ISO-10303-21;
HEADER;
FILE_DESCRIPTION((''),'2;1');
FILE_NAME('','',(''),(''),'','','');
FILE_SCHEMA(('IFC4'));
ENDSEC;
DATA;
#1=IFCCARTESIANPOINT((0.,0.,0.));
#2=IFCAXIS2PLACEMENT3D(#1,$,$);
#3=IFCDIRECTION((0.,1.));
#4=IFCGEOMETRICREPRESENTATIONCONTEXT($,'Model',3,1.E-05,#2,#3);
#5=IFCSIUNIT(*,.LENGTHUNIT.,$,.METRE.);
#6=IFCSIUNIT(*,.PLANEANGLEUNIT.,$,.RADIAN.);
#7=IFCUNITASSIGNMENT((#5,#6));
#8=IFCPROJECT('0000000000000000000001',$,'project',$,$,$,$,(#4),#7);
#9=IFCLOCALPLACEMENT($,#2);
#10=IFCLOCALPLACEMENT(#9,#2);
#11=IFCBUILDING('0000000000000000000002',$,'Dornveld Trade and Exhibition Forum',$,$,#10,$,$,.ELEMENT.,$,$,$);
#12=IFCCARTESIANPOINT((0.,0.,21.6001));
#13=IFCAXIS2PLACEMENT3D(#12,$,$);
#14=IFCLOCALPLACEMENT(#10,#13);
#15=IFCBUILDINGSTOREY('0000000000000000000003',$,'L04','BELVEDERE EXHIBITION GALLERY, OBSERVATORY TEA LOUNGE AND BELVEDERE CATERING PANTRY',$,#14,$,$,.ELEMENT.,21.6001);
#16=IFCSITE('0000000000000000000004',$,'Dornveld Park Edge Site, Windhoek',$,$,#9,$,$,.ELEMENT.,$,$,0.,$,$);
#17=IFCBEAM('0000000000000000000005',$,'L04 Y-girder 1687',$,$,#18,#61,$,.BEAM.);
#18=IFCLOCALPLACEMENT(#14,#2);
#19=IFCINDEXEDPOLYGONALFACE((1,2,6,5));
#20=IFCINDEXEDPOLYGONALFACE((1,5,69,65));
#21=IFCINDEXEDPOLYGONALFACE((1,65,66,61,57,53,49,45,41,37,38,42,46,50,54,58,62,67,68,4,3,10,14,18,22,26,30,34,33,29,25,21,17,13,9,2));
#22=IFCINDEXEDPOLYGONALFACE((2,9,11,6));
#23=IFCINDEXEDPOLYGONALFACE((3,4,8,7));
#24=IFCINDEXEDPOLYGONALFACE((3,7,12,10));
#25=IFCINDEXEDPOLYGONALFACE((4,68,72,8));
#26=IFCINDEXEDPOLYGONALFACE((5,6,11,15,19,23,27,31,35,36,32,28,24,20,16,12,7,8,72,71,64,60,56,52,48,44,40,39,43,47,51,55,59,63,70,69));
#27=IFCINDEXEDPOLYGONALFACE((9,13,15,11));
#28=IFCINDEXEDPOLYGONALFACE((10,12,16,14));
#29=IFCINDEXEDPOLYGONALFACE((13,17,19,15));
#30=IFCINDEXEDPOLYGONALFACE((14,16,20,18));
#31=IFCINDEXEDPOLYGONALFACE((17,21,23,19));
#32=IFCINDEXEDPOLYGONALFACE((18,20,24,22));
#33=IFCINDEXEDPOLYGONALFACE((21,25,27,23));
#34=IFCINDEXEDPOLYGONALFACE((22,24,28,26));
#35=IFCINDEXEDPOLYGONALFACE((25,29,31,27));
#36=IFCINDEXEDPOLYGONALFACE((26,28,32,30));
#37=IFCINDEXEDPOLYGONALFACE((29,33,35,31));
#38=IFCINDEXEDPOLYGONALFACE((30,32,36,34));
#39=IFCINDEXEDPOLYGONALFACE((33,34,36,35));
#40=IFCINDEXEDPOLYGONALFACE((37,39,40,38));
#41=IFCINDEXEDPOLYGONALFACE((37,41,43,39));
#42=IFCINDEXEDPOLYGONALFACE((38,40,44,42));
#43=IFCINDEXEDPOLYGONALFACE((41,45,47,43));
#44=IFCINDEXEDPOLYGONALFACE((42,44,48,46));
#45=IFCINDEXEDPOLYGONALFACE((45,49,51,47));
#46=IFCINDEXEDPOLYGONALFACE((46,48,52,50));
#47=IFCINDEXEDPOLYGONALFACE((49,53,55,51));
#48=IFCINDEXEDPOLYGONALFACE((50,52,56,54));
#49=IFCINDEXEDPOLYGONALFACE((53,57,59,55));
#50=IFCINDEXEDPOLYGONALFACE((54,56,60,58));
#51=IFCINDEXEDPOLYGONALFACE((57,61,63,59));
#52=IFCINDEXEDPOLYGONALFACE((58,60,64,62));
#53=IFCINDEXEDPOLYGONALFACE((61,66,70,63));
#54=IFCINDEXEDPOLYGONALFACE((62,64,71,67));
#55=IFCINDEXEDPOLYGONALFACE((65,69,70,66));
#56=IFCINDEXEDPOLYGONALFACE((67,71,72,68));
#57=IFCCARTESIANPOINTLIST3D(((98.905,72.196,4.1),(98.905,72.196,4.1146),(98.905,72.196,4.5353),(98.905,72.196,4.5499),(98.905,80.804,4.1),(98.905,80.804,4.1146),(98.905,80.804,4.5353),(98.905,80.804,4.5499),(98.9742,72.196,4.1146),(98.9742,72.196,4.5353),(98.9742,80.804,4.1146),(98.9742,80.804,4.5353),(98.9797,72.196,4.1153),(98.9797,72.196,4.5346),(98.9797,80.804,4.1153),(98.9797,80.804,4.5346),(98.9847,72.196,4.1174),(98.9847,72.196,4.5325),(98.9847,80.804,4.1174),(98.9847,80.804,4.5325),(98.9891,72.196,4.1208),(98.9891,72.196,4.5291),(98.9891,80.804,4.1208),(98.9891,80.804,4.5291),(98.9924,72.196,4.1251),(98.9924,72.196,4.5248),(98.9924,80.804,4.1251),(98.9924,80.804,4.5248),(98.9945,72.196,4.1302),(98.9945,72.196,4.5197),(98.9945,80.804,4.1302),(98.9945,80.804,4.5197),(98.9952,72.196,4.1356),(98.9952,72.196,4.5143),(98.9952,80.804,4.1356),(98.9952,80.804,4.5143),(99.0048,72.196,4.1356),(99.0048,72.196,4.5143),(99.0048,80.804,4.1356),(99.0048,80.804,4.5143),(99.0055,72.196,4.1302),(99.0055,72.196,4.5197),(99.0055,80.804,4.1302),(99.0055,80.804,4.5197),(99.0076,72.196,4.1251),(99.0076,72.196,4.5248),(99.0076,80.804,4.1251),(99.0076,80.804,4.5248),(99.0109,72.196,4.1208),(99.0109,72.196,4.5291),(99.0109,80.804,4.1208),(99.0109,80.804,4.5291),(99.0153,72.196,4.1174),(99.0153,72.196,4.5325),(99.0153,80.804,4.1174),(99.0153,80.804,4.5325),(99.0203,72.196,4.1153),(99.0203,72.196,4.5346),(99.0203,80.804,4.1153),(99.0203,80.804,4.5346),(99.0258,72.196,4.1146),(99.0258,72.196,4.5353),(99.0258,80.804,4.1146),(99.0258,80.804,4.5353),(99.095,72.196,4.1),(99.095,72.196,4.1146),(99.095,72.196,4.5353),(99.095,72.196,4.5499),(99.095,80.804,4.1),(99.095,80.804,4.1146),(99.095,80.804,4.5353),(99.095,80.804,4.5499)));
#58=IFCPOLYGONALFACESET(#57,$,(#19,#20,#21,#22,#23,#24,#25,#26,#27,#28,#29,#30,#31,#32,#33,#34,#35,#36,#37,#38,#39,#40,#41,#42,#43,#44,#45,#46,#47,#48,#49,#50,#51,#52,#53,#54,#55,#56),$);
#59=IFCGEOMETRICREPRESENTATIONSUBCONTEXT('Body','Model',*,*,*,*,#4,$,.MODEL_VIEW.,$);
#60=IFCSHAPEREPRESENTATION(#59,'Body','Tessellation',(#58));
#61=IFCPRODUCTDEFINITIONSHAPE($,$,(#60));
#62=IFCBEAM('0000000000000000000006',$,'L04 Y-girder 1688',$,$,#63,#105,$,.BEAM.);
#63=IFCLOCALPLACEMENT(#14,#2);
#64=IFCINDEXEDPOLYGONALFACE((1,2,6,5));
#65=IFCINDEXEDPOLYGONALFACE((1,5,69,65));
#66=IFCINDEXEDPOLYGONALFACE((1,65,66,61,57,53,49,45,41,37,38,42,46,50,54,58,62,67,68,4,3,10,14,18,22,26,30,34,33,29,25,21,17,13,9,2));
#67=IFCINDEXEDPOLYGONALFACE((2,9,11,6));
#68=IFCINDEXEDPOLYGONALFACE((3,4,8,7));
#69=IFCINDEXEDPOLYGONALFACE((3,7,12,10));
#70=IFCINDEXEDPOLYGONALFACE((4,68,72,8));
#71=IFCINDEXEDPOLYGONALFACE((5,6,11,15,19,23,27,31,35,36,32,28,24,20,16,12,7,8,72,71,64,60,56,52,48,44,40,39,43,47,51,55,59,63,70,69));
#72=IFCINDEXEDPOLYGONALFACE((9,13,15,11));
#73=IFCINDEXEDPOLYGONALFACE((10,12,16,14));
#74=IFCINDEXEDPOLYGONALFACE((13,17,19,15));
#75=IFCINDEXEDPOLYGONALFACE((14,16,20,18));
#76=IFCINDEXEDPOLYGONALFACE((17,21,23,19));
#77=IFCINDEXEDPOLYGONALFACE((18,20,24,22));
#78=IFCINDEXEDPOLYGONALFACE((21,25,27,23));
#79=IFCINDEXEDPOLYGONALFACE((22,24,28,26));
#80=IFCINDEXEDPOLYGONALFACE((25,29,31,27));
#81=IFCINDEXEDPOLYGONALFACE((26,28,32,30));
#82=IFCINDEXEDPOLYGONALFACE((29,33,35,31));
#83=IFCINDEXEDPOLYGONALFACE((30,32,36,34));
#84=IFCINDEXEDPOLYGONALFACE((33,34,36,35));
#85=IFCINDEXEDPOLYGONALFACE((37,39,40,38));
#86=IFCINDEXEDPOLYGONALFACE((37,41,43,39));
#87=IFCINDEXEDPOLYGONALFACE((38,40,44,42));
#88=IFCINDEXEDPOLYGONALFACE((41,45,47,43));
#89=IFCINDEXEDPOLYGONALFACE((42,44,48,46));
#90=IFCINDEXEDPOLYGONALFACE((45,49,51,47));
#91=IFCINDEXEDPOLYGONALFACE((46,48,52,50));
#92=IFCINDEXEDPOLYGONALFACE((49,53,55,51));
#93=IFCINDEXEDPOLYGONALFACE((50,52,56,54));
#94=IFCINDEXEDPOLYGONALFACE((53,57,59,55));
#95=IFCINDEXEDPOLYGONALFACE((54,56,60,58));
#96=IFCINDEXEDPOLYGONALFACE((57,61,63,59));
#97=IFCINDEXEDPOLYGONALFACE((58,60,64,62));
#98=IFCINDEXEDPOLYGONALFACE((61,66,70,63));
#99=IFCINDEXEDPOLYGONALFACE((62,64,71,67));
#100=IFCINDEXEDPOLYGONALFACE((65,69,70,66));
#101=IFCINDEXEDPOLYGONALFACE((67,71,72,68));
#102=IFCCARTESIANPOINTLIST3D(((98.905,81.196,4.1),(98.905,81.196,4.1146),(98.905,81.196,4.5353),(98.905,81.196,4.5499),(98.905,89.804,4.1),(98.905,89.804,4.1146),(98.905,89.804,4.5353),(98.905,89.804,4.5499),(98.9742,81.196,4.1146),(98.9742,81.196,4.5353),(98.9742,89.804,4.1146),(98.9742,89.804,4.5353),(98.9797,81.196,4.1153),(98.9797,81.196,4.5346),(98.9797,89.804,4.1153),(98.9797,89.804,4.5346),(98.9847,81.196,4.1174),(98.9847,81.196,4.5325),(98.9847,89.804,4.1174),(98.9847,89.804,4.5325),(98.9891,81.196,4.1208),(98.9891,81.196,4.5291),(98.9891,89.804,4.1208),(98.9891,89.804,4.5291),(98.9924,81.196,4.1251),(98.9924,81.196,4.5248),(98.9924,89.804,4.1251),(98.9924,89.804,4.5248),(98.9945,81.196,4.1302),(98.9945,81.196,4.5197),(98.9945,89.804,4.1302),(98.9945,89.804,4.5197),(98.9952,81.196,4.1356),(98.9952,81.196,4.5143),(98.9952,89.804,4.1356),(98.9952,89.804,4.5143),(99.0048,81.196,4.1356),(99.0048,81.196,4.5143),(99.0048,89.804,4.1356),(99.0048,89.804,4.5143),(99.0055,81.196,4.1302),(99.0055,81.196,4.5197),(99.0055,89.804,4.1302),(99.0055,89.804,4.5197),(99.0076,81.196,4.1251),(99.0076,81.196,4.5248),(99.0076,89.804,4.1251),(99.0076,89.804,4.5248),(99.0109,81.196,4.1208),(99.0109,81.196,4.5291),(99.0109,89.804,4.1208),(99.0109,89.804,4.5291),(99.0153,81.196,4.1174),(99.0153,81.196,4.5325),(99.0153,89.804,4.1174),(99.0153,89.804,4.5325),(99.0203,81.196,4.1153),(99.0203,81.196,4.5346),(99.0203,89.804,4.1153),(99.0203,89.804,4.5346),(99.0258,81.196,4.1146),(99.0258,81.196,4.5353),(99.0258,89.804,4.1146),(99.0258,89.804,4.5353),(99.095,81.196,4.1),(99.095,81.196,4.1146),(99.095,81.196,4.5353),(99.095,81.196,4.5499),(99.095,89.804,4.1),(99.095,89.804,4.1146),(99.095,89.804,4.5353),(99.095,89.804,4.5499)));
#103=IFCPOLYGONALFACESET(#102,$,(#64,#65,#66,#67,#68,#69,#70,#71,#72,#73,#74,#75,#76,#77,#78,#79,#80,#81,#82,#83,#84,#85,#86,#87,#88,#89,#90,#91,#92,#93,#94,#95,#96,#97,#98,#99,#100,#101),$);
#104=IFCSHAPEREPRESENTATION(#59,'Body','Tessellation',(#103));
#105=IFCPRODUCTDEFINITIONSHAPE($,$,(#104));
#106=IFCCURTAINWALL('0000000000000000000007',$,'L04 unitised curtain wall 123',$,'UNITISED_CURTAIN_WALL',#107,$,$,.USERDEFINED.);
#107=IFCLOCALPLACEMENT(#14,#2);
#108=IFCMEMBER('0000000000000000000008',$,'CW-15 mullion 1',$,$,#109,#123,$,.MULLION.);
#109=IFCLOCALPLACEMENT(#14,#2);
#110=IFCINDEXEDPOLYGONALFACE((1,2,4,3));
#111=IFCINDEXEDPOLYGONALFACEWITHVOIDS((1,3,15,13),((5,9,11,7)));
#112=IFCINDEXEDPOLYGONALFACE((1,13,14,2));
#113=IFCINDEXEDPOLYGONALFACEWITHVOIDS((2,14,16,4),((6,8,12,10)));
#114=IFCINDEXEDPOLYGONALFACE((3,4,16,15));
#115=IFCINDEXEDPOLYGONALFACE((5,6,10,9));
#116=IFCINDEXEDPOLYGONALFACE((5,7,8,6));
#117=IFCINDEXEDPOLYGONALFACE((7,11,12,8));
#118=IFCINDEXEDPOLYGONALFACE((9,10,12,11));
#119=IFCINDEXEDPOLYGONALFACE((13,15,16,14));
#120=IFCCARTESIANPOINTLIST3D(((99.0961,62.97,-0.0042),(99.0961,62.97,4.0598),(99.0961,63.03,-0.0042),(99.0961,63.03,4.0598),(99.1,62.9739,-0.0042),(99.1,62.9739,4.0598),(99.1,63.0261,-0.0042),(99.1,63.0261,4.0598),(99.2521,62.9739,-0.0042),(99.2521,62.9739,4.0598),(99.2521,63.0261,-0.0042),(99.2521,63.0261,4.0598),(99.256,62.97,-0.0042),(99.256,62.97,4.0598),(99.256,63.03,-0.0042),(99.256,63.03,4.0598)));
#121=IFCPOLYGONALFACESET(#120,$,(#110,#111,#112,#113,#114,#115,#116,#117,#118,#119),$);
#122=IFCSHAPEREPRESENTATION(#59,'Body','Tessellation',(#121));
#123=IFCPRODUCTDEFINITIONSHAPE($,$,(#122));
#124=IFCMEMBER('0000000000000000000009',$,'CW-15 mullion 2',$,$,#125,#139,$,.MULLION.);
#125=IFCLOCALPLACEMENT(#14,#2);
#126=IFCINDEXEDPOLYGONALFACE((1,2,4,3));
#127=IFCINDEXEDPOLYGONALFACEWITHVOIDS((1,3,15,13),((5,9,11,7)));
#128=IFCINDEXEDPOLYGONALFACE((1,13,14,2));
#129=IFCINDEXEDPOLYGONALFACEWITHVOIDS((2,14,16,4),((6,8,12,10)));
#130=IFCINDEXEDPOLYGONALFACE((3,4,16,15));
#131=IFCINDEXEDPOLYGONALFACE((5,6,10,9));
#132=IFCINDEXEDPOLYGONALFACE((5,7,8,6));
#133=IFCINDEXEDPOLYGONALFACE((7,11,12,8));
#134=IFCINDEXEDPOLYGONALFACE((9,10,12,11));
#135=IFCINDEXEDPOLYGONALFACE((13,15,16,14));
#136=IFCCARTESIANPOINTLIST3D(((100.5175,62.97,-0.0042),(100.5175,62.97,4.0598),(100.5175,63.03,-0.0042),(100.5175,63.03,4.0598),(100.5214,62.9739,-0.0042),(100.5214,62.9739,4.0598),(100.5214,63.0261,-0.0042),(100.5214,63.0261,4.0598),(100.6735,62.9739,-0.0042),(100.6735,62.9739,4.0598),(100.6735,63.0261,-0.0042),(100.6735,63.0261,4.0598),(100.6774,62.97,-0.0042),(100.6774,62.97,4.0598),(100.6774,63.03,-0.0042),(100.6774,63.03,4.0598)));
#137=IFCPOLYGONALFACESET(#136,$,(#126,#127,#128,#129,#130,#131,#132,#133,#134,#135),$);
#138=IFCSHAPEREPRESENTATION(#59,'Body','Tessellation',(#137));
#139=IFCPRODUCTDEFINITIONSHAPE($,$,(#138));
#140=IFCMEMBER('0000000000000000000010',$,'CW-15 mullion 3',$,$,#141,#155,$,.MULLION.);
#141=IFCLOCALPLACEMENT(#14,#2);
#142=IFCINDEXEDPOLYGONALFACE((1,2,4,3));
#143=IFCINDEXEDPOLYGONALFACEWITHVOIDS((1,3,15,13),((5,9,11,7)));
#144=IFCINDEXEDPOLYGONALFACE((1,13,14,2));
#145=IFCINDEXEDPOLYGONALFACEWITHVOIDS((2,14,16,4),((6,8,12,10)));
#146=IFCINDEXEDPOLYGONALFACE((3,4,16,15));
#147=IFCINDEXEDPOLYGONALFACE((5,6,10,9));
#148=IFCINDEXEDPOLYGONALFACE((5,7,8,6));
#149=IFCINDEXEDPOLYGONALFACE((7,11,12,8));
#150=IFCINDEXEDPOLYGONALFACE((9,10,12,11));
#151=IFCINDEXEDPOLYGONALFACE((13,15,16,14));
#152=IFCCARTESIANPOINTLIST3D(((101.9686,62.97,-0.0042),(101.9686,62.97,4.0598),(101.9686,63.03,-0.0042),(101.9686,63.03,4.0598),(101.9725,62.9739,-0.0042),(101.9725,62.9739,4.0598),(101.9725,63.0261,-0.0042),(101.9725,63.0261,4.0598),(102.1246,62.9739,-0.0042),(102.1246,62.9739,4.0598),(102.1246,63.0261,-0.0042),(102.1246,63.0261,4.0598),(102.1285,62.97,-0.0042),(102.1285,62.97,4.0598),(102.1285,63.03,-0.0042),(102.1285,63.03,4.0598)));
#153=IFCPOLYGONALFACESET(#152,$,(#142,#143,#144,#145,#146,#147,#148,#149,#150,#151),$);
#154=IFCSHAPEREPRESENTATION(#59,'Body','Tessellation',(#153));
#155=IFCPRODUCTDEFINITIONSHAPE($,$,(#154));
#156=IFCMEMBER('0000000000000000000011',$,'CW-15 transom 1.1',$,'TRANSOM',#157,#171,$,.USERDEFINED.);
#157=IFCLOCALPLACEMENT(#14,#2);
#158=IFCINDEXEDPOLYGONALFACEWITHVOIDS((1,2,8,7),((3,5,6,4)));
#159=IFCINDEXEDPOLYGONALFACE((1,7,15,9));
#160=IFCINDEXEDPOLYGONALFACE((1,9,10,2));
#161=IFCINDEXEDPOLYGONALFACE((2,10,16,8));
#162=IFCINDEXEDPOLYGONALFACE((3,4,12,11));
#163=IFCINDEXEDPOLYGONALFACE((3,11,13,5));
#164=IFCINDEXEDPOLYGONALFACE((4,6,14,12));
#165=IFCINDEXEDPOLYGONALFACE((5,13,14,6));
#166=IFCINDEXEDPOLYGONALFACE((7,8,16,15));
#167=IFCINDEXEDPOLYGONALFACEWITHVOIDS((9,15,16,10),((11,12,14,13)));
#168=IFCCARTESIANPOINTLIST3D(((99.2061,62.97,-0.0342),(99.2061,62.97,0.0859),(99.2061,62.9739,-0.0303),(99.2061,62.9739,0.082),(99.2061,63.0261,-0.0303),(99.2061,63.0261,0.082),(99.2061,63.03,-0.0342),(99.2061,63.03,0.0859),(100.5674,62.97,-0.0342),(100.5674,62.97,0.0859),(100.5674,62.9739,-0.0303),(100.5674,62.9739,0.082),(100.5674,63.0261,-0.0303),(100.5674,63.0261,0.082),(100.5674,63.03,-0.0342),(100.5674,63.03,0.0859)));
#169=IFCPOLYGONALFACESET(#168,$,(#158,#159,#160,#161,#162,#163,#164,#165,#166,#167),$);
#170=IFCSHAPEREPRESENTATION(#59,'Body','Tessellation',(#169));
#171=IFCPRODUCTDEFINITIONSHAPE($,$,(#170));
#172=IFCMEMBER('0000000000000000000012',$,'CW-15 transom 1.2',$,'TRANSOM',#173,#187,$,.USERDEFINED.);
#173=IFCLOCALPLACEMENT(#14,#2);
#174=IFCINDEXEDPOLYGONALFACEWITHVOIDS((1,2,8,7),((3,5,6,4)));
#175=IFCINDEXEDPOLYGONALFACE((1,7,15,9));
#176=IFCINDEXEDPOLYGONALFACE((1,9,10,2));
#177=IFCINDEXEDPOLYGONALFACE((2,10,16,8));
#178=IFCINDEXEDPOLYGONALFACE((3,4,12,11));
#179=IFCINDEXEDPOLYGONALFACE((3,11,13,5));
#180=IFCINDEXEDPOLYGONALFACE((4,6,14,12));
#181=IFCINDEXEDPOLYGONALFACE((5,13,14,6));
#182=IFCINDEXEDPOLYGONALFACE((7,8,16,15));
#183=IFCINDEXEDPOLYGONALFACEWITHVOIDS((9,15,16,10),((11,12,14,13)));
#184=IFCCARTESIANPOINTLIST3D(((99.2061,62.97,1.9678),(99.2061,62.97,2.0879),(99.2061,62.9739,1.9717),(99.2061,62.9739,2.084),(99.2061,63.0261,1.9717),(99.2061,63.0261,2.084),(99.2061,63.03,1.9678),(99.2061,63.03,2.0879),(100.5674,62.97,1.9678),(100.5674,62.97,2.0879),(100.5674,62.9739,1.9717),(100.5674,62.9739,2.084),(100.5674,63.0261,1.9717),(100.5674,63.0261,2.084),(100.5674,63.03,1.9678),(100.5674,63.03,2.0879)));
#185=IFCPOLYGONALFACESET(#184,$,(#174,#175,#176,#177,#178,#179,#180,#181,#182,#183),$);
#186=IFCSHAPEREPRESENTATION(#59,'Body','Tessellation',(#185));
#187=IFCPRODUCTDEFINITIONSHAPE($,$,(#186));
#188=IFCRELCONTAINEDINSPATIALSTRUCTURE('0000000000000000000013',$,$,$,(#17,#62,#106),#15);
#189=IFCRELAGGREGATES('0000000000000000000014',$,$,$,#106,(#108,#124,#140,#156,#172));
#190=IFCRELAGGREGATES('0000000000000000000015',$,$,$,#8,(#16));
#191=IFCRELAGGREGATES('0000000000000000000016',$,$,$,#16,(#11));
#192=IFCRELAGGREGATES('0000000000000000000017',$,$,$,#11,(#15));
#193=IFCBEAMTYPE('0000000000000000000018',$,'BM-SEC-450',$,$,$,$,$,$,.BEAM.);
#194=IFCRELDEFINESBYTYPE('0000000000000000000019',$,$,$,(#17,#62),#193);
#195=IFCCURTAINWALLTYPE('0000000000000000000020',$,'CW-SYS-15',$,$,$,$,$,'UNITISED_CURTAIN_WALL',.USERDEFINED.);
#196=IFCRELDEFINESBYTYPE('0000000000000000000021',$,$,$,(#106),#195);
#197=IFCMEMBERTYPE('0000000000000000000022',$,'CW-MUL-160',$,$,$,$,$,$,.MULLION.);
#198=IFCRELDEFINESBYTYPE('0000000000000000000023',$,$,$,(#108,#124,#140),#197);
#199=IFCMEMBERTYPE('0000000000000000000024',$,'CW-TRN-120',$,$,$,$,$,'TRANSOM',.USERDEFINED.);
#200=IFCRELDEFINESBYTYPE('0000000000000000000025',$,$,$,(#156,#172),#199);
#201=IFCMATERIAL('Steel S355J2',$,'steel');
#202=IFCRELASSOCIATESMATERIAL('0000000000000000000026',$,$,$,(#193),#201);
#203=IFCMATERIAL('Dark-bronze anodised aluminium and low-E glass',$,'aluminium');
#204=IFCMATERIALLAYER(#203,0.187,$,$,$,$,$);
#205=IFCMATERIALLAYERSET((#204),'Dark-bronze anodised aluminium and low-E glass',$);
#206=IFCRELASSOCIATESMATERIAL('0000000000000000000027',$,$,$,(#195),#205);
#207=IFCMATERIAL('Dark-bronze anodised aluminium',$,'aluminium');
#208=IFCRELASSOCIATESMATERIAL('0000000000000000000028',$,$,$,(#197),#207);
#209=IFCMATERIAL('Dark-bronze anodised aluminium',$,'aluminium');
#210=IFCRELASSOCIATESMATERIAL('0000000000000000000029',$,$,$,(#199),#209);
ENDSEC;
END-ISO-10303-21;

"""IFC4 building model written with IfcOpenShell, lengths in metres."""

from ifc_helpers import new_model, si_unit, direction, frame, origin, origin_2d, place, context, subcontext, project, spatial, hollow_rectangle, i_section, extrude, material, layer, layer_set, material_profile, profile_set, type_object, element, aggregate, save


model = new_model("IFC4")

# Units and contexts
model_context = context("Model", 3, precision=1e-05, world=origin(), true_north=direction((0.0, 1.0)))
body_context = subcontext(model_context, "Body", "Model", "MODEL_VIEW")
ifc_project = project(units=[si_unit("LENGTHUNIT", "METRE"), si_unit("PLANEANGLEUNIT", "RADIAN")], contexts=[model_context])

# Site, building, storey
site_placement = place(None, origin())
site = spatial("IfcSite", under=ifc_project, at=site_placement, Name="Dornveld Park Edge Site, Windhoek", CompositionType="ELEMENT", RefElevation=0.0)
building_placement = place(site_placement, origin())
building = spatial("IfcBuilding", under=site, at=building_placement, Name="Dornveld Trade and Exhibition Forum", CompositionType="ELEMENT")
storey_placement = place(building_placement, frame((0.0, 0.0, 21.6001)))
storey = spatial("IfcBuildingStorey", under=building, at=storey_placement, Name="L04", Description="BELVEDERE EXHIBITION GALLERY, OBSERVATORY TEA LOUNGE AND BELVEDERE CATERING PANTRY", CompositionType="ELEMENT", Elevation=21.6001)

# Beams
ifc_material_1 = material(Name="Steel S355J2", Category="steel")
ifc_material_profile_1 = material_profile(ifc_material_1, i_section(OverallWidth=0.1899, OverallDepth=0.45, WebThickness=0.0095, FlangeThickness=0.0146, FilletRadius=0.021, at=origin_2d()), Name="IPE 450")
ifc_profile_set_1 = profile_set([ifc_material_profile_1], Name="Steel S355J2")
beam_type_1 = type_object("IfcBeamType", Name="BM-SEC-450", PredefinedType="BEAM", material=ifc_profile_set_1)
for number, where, z_axis, x_axis, name in (
    (1, (99.0, 72.196, 4.325), (0.0, 1.0, 0.0), (-1.0, 0.0, 0.0), "L04 Y-girder 1687"),
    (2, (99.0, 81.196, 4.325), (0.0, 1.0, 0.0), (-1.0, 0.0, 0.0), "L04 Y-girder 1688"),
):
    element("IfcBeam", number, at=place(storey_placement, frame(where, z_axis=z_axis, x_axis=x_axis)), inside=storey, type_object=beam_type_1, Name=name, PredefinedType="BEAM", context=body_context, shape_type="SweptSolid", body=[
        extrude(i_section(OverallWidth=0.1899, OverallDepth=0.45, WebThickness=0.0095, FlangeThickness=0.0146, FilletRadius=0.021, at=origin_2d()), origin(), (0.0, 0.0, 1.0), 8.6079),
    ])

# Curtain wall, members
ifc_material_2 = material(Name="Dark-bronze anodised aluminium and low-E glass", Category="aluminium")
ifc_layer_1 = layer(ifc_material_2, 0.187)
ifc_layer_set_1 = layer_set([ifc_layer_1], Name="Dark-bronze anodised aluminium and low-E glass")
curtain_wall_type = type_object("IfcCurtainWallType", Name="CW-SYS-15", ElementType="UNITISED_CURTAIN_WALL", PredefinedType="USERDEFINED", material=ifc_layer_set_1)
curtain_wall_placement = place(storey_placement, origin())
curtain_wall = element("IfcCurtainWall", 3, at=curtain_wall_placement, inside=storey, type_object=curtain_wall_type, Name="L04 unitised curtain wall 123", ObjectType="UNITISED_CURTAIN_WALL", PredefinedType="USERDEFINED")
ifc_material_3 = material(Name="Dark-bronze anodised aluminium", Category="aluminium")
ifc_material_profile_2 = material_profile(ifc_material_3, hollow_rectangle(XDim=0.0601, YDim=0.1599, WallThickness=0.0039, at=origin_2d()), Name="RHS 160x60x4")
ifc_profile_set_2 = profile_set([ifc_material_profile_2], Name="Dark-bronze anodised aluminium")
member_type_1 = type_object("IfcMemberType", Name="CW-MUL-160", PredefinedType="MULLION", material=ifc_profile_set_2)
member_1_placement = place(storey_placement, frame((99.176, 63.0, -0.0042), z_axis=(0.0, 0.0, 1.0), x_axis=(0.0, 1.0, 0.0)))
member_1 = element("IfcMember", 4, at=member_1_placement, type_object=member_type_1, Name="CW-15 mullion 1", PredefinedType="MULLION", context=body_context, shape_type="SweptSolid", body=[
    extrude(hollow_rectangle(XDim=0.0601, YDim=0.1599, WallThickness=0.0039, at=origin_2d()), origin(), (0.0, 0.0, 1.0), 4.064),
])
member_2_placement = place(storey_placement, frame((100.5974, 63.0, -0.0042), z_axis=(0.0, 0.0, 1.0), x_axis=(0.0, 1.0, 0.0)))
member_2 = element("IfcMember", 5, at=member_2_placement, type_object=member_type_1, Name="CW-15 mullion 2", PredefinedType="MULLION", context=body_context, shape_type="SweptSolid", body=[
    extrude(hollow_rectangle(XDim=0.0601, YDim=0.1599, WallThickness=0.0039, at=origin_2d()), origin(), (0.0, 0.0, 1.0), 4.064),
])
member_3_placement = place(storey_placement, frame((102.0486, 63.0, -0.0042), z_axis=(0.0, 0.0, 1.0), x_axis=(0.0, 1.0, 0.0)))
member_3 = element("IfcMember", 6, at=member_3_placement, type_object=member_type_1, Name="CW-15 mullion 3", PredefinedType="MULLION", context=body_context, shape_type="SweptSolid", body=[
    extrude(hollow_rectangle(XDim=0.0601, YDim=0.1599, WallThickness=0.0039, at=origin_2d()), origin(), (0.0, 0.0, 1.0), 4.064),
])
ifc_material_4 = material(Name="Dark-bronze anodised aluminium", Category="aluminium")
ifc_material_profile_3 = material_profile(ifc_material_4, hollow_rectangle(XDim=0.0601, YDim=0.1201, WallThickness=0.0039, at=origin_2d()), Name="RHS 120x60x4")
ifc_profile_set_3 = profile_set([ifc_material_profile_3], Name="Dark-bronze anodised aluminium")
member_type_2 = type_object("IfcMemberType", Name="CW-TRN-120", ElementType="TRANSOM", PredefinedType="USERDEFINED", material=ifc_profile_set_3)
member_4_placement = place(storey_placement, frame((99.2061, 63.0, 0.0259), z_axis=(1.0, 0.0, 0.0), x_axis=(0.0, 1.0, 0.0)))
member_4 = element("IfcMember", 7, at=member_4_placement, type_object=member_type_2, Name="CW-15 transom 1.1", ObjectType="TRANSOM", PredefinedType="USERDEFINED", context=body_context, shape_type="SweptSolid", body=[
    extrude(hollow_rectangle(XDim=0.0601, YDim=0.1201, WallThickness=0.0039, at=origin_2d()), origin(), (0.0, 0.0, 1.0), 1.3613),
])
member_5_placement = place(storey_placement, frame((99.2061, 63.0, 2.0278), z_axis=(1.0, 0.0, 0.0), x_axis=(0.0, 1.0, 0.0)))
member_5 = element("IfcMember", 8, at=member_5_placement, type_object=member_type_2, Name="CW-15 transom 1.2", ObjectType="TRANSOM", PredefinedType="USERDEFINED", context=body_context, shape_type="SweptSolid", body=[
    extrude(hollow_rectangle(XDim=0.0601, YDim=0.1201, WallThickness=0.0039, at=origin_2d()), origin(), (0.0, 0.0, 1.0), 1.3613),
])
aggregate(curtain_wall, [member_1, member_2, member_3, member_4, member_5])

save(model, "model.ifc")
